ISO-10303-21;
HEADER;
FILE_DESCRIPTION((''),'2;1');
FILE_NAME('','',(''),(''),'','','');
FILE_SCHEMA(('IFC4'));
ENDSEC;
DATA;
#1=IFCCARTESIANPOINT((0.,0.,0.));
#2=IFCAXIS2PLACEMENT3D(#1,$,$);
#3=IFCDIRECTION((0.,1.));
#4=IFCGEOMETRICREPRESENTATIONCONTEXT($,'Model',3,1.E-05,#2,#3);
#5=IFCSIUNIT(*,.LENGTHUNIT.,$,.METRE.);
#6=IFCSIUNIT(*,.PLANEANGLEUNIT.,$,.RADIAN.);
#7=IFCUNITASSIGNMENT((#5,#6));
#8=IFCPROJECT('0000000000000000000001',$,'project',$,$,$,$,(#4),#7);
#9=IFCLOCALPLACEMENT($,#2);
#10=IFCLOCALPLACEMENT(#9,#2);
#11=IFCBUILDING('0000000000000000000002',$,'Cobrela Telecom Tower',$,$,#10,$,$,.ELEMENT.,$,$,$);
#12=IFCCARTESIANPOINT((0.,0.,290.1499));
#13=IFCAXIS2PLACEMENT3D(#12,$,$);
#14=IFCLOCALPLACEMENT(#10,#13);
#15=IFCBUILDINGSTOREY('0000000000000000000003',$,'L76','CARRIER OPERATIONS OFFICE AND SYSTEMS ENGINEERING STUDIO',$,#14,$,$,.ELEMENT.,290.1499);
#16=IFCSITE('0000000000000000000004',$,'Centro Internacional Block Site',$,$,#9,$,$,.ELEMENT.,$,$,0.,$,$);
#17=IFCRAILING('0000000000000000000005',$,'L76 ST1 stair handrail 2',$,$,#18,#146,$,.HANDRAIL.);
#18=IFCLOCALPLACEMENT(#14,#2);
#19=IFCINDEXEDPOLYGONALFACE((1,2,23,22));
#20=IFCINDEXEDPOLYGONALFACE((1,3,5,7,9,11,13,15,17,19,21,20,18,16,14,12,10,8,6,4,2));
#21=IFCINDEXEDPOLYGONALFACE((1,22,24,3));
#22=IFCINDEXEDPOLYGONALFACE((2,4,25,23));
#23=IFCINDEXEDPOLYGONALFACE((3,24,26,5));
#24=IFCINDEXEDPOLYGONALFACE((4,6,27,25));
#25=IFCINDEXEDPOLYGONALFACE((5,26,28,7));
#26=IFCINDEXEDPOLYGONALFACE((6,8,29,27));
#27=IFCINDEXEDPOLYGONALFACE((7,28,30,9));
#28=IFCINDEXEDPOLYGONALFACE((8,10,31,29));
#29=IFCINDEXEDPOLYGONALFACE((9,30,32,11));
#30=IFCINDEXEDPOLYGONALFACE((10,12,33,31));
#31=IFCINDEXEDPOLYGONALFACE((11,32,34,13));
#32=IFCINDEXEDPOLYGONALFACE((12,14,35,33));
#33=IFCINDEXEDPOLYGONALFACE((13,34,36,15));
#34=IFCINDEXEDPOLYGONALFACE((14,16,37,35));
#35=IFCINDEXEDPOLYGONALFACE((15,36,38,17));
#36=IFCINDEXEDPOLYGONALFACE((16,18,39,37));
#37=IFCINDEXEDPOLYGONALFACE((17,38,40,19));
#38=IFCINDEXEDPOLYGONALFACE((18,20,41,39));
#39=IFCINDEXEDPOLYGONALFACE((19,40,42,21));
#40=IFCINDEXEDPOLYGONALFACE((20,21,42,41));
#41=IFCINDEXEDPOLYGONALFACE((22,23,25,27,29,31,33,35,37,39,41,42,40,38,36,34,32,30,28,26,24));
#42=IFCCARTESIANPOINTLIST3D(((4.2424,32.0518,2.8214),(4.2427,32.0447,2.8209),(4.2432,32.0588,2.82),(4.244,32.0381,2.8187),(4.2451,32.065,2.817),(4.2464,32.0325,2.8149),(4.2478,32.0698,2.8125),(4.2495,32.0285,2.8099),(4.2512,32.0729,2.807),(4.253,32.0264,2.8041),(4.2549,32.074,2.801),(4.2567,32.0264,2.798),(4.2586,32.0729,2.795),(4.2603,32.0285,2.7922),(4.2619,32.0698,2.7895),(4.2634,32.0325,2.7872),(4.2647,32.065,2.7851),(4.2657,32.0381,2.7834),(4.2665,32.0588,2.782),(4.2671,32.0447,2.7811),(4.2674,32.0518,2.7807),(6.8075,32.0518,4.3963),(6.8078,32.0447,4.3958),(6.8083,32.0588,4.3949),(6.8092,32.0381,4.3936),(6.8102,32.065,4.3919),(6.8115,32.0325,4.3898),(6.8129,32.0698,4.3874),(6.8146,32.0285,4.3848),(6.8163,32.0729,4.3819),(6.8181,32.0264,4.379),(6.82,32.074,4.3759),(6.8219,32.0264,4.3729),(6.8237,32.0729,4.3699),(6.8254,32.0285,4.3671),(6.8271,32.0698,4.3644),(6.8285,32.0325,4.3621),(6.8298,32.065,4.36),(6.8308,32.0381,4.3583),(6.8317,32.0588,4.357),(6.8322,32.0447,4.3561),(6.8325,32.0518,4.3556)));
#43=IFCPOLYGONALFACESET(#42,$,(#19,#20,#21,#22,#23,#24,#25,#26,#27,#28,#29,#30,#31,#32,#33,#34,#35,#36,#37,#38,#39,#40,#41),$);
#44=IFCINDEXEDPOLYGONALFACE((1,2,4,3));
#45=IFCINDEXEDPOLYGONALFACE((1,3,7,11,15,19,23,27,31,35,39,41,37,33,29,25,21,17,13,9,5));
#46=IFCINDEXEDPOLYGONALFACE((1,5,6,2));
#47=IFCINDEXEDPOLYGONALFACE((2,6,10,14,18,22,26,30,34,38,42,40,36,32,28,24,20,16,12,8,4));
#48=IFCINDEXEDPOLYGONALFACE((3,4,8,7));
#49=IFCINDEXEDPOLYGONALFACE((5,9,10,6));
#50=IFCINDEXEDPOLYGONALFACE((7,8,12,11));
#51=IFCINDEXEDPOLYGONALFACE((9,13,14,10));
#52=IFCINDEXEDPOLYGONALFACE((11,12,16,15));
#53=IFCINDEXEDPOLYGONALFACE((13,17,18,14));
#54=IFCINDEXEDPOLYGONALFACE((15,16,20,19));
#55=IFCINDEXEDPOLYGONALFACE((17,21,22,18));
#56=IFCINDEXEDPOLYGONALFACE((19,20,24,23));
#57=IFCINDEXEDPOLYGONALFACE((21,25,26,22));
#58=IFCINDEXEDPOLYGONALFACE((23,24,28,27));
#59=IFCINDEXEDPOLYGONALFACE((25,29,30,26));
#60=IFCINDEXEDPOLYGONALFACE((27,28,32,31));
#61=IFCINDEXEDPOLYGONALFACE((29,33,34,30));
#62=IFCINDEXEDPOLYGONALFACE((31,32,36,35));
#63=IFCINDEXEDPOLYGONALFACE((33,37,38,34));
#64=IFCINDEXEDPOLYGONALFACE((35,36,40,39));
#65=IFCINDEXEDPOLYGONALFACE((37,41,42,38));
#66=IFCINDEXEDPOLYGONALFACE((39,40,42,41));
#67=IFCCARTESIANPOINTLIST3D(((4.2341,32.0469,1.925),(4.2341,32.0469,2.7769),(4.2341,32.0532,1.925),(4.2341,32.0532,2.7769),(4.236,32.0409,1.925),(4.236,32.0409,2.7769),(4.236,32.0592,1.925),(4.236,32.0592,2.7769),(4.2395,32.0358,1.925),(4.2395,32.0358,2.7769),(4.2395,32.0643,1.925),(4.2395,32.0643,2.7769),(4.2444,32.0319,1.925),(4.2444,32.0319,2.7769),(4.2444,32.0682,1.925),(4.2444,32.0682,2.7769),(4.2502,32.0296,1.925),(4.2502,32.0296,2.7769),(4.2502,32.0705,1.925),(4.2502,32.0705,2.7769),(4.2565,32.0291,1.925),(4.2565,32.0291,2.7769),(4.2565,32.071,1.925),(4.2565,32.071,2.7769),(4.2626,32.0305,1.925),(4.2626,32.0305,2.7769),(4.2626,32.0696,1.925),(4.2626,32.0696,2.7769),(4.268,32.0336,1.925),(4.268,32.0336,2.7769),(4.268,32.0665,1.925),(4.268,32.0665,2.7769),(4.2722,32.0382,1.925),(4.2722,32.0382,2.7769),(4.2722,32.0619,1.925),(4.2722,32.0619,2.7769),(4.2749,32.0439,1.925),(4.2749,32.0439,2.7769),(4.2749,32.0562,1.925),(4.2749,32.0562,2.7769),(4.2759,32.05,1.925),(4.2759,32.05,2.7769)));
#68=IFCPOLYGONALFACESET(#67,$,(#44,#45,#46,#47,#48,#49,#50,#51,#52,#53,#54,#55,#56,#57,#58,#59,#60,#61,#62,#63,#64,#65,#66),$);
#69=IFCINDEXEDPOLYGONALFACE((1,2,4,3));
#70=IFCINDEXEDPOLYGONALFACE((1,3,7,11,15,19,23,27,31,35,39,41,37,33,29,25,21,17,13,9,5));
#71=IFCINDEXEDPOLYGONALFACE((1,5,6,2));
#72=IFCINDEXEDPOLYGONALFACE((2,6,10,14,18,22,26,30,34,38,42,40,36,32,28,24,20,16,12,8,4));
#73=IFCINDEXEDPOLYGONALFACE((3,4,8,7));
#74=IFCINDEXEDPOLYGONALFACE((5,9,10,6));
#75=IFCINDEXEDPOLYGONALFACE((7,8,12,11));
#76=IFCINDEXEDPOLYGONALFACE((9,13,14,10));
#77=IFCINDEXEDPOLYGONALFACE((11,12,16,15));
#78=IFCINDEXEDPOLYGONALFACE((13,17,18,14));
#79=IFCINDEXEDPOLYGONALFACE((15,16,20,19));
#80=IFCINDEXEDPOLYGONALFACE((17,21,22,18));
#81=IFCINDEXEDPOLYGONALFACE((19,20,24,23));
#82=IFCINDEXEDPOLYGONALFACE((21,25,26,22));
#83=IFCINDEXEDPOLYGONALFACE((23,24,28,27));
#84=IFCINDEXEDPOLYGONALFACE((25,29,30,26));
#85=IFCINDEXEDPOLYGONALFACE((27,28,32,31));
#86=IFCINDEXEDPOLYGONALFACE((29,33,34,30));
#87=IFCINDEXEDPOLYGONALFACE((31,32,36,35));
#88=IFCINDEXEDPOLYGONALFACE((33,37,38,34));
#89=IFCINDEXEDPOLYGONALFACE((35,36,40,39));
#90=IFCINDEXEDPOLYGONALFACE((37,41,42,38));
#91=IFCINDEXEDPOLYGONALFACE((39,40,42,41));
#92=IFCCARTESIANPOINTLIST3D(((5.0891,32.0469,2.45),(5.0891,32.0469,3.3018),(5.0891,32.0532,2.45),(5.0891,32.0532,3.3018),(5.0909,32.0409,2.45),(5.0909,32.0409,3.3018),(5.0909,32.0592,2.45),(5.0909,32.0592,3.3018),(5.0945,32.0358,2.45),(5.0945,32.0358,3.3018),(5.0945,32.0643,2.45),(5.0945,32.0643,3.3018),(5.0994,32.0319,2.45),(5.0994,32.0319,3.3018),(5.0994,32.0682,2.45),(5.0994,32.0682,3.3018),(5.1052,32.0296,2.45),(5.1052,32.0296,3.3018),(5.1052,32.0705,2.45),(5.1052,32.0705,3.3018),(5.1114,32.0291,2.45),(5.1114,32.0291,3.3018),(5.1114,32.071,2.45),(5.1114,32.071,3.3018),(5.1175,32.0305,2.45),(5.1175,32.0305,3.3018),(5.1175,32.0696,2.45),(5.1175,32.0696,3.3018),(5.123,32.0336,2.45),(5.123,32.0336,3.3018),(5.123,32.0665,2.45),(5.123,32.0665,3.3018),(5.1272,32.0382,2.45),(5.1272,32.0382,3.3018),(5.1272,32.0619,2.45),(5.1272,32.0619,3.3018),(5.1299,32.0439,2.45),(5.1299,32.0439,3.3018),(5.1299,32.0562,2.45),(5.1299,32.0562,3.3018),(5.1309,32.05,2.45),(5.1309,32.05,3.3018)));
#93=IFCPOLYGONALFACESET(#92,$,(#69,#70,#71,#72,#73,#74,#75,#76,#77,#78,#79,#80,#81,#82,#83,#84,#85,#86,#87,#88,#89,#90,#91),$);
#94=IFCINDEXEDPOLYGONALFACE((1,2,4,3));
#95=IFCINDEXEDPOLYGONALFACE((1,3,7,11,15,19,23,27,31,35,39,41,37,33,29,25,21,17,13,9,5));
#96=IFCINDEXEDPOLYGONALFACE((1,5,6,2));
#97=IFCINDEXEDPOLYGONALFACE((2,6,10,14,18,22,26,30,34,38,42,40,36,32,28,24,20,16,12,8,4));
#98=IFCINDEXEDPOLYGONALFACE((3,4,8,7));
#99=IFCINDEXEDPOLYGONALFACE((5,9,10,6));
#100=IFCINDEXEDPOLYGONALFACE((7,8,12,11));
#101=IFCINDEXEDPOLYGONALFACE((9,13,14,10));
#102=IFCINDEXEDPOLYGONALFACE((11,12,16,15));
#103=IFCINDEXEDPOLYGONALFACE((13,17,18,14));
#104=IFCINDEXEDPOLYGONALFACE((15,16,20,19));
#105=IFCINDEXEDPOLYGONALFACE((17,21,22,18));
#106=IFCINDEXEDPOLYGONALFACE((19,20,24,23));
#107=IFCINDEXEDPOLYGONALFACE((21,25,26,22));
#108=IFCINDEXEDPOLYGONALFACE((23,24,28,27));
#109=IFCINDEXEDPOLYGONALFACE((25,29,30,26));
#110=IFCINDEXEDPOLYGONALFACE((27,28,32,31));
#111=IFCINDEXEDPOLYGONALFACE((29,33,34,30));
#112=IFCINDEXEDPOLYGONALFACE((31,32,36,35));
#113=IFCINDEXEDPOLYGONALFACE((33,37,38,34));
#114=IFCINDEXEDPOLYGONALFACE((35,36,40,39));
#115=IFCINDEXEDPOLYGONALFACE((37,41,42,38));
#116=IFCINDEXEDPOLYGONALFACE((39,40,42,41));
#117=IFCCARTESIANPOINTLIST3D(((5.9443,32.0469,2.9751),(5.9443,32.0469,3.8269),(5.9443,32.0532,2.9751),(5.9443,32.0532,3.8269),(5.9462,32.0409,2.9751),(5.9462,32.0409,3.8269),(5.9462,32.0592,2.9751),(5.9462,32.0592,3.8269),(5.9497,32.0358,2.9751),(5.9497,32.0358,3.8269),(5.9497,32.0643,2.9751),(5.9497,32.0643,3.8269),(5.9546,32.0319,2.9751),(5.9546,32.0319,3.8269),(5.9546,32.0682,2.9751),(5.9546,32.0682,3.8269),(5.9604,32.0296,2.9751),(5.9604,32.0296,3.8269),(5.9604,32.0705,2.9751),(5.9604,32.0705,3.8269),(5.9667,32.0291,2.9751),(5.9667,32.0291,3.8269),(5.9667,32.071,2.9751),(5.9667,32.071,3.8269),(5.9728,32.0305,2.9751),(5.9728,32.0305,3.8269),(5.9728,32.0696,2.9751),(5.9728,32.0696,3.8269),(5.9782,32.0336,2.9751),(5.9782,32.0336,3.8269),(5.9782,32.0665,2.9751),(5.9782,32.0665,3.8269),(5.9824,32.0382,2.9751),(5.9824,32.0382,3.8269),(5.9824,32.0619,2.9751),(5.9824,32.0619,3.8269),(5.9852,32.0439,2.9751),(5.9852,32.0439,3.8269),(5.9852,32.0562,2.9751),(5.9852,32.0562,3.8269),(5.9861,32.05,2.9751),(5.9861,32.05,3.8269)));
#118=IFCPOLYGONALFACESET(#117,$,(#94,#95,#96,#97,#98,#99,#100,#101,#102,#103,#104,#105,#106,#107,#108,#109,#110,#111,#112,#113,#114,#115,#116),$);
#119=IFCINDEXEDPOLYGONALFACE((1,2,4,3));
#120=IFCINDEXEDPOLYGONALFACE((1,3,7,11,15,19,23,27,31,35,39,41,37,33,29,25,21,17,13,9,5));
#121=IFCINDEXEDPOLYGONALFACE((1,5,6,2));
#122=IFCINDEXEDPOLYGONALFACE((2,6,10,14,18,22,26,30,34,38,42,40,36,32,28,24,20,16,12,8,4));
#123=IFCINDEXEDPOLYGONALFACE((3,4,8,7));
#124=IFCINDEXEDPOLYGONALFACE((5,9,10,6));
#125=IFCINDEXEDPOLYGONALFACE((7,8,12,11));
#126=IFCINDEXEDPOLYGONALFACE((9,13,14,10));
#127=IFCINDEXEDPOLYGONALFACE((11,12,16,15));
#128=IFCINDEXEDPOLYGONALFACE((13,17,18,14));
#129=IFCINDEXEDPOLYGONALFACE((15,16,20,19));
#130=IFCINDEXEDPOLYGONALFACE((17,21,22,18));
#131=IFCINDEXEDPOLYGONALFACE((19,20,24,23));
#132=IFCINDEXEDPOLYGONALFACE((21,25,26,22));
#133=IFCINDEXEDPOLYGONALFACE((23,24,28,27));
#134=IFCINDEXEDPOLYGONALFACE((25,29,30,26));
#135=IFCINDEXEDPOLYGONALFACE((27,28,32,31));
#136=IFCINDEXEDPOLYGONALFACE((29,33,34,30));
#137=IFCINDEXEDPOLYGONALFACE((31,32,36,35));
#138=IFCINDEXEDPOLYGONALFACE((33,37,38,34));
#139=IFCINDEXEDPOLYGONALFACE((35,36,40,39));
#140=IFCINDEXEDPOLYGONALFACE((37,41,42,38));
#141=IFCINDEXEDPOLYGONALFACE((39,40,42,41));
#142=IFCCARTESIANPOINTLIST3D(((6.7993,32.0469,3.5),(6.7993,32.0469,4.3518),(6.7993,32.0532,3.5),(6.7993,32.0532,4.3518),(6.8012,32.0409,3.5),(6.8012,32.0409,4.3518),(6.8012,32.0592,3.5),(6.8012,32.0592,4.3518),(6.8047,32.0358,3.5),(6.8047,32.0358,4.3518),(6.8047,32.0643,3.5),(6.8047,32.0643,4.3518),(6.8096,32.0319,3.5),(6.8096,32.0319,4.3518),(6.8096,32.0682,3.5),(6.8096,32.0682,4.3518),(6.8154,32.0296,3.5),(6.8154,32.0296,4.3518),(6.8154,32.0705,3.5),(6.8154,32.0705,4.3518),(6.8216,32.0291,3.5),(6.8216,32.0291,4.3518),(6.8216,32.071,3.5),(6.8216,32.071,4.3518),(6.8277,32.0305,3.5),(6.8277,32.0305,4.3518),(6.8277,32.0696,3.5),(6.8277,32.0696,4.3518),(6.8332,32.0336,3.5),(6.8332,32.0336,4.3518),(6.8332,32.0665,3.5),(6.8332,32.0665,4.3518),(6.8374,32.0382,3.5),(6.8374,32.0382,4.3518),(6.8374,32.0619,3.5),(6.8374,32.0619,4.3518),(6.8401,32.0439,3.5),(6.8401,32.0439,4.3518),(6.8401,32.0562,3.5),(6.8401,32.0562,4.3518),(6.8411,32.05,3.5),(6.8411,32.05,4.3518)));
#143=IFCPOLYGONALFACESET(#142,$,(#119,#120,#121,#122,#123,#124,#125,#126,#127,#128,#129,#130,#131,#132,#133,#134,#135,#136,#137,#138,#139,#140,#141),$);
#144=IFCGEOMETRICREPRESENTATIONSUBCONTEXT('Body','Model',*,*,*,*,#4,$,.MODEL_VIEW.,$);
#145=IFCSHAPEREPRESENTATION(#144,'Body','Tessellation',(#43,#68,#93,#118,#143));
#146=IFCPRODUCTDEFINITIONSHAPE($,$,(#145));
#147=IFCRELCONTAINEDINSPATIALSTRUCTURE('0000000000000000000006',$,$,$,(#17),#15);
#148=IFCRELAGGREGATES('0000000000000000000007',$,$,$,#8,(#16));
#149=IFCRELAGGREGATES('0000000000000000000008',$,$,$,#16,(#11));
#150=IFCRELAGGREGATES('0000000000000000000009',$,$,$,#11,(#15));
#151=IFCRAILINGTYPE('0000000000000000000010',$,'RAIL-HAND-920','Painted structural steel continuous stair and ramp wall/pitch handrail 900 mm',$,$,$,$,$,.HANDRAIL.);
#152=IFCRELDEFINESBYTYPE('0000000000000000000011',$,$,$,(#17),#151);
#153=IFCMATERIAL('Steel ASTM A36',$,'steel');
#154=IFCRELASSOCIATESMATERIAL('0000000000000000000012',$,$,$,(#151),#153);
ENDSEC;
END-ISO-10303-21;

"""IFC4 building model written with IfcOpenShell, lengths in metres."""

from ifc_helpers import new_model, si_unit, direction, frame, origin, origin_2d, place, context, subcontext, project, spatial, circle, extrude, material, type_object, element, save


model = new_model("IFC4")

# Units and contexts
model_context = context("Model", 3, precision=1e-05, world=origin(), true_north=direction((0.0, 1.0)))
body_context = subcontext(model_context, "Body", "Model", "MODEL_VIEW")
ifc_project = project(units=[si_unit("LENGTHUNIT", "METRE"), si_unit("PLANEANGLEUNIT", "RADIAN")], contexts=[model_context])

# Site, building, storey
site_placement = place(None, origin())
site = spatial("IfcSite", under=ifc_project, at=site_placement, Name="Centro Internacional Block Site", CompositionType="ELEMENT", RefElevation=0.0)
building_placement = place(site_placement, origin())
building = spatial("IfcBuilding", under=site, at=building_placement, Name="Cobrela Telecom Tower", CompositionType="ELEMENT")
storey_placement = place(building_placement, frame((0.0, 0.0, 290.1499)))
storey = spatial("IfcBuildingStorey", under=building, at=storey_placement, Name="L76", Description="CARRIER OPERATIONS OFFICE AND SYSTEMS ENGINEERING STUDIO", CompositionType="ELEMENT", Elevation=290.1499)

# Shared definitions
ifc_material_1 = material(Name="Steel ASTM A36", Category="steel")

# Railing
railing_type_1 = type_object("IfcRailingType", Name="RAIL-HAND-920", Description="Painted structural steel continuous stair and ramp wall/pitch handrail 900 mm", PredefinedType="HANDRAIL", material=ifc_material_1)
railing_1_placement = place(storey_placement, frame((4.2549, 32.05, 1.925)))
element("IfcRailing", 1, at=railing_1_placement, inside=storey, type_object=railing_type_1, Name="L76 ST1 stair handrail 2", PredefinedType="HANDRAIL", context=body_context, shape_type="SweptSolid", body=[
    extrude(circle(Radius=0.0239, at=origin_2d()), frame((0.0, 0.0, 0.876), z_axis=(0.852195, 0.0, 0.523224), x_axis=(0.0, 1.0, 0.0)), (0.0, 0.0, 1.0), 3.01),
    extrude(circle(Radius=0.021, at=origin_2d()), origin(), (0.0, 0.0, 1.0), 0.8518),
    extrude(circle(Radius=0.021, at=origin_2d()), frame((0.855, 0.0, 0.5249)), (0.0, 0.0, 1.0), 0.8518),
    extrude(circle(Radius=0.021, at=origin_2d()), frame((1.7102, 0.0, 1.05)), (0.0, 0.0, 1.0), 0.8518),
    extrude(circle(Radius=0.021, at=origin_2d()), frame((2.5652, 0.0, 1.575)), (0.0, 0.0, 1.0), 0.8518),
])

save(model, "model.ifc")
